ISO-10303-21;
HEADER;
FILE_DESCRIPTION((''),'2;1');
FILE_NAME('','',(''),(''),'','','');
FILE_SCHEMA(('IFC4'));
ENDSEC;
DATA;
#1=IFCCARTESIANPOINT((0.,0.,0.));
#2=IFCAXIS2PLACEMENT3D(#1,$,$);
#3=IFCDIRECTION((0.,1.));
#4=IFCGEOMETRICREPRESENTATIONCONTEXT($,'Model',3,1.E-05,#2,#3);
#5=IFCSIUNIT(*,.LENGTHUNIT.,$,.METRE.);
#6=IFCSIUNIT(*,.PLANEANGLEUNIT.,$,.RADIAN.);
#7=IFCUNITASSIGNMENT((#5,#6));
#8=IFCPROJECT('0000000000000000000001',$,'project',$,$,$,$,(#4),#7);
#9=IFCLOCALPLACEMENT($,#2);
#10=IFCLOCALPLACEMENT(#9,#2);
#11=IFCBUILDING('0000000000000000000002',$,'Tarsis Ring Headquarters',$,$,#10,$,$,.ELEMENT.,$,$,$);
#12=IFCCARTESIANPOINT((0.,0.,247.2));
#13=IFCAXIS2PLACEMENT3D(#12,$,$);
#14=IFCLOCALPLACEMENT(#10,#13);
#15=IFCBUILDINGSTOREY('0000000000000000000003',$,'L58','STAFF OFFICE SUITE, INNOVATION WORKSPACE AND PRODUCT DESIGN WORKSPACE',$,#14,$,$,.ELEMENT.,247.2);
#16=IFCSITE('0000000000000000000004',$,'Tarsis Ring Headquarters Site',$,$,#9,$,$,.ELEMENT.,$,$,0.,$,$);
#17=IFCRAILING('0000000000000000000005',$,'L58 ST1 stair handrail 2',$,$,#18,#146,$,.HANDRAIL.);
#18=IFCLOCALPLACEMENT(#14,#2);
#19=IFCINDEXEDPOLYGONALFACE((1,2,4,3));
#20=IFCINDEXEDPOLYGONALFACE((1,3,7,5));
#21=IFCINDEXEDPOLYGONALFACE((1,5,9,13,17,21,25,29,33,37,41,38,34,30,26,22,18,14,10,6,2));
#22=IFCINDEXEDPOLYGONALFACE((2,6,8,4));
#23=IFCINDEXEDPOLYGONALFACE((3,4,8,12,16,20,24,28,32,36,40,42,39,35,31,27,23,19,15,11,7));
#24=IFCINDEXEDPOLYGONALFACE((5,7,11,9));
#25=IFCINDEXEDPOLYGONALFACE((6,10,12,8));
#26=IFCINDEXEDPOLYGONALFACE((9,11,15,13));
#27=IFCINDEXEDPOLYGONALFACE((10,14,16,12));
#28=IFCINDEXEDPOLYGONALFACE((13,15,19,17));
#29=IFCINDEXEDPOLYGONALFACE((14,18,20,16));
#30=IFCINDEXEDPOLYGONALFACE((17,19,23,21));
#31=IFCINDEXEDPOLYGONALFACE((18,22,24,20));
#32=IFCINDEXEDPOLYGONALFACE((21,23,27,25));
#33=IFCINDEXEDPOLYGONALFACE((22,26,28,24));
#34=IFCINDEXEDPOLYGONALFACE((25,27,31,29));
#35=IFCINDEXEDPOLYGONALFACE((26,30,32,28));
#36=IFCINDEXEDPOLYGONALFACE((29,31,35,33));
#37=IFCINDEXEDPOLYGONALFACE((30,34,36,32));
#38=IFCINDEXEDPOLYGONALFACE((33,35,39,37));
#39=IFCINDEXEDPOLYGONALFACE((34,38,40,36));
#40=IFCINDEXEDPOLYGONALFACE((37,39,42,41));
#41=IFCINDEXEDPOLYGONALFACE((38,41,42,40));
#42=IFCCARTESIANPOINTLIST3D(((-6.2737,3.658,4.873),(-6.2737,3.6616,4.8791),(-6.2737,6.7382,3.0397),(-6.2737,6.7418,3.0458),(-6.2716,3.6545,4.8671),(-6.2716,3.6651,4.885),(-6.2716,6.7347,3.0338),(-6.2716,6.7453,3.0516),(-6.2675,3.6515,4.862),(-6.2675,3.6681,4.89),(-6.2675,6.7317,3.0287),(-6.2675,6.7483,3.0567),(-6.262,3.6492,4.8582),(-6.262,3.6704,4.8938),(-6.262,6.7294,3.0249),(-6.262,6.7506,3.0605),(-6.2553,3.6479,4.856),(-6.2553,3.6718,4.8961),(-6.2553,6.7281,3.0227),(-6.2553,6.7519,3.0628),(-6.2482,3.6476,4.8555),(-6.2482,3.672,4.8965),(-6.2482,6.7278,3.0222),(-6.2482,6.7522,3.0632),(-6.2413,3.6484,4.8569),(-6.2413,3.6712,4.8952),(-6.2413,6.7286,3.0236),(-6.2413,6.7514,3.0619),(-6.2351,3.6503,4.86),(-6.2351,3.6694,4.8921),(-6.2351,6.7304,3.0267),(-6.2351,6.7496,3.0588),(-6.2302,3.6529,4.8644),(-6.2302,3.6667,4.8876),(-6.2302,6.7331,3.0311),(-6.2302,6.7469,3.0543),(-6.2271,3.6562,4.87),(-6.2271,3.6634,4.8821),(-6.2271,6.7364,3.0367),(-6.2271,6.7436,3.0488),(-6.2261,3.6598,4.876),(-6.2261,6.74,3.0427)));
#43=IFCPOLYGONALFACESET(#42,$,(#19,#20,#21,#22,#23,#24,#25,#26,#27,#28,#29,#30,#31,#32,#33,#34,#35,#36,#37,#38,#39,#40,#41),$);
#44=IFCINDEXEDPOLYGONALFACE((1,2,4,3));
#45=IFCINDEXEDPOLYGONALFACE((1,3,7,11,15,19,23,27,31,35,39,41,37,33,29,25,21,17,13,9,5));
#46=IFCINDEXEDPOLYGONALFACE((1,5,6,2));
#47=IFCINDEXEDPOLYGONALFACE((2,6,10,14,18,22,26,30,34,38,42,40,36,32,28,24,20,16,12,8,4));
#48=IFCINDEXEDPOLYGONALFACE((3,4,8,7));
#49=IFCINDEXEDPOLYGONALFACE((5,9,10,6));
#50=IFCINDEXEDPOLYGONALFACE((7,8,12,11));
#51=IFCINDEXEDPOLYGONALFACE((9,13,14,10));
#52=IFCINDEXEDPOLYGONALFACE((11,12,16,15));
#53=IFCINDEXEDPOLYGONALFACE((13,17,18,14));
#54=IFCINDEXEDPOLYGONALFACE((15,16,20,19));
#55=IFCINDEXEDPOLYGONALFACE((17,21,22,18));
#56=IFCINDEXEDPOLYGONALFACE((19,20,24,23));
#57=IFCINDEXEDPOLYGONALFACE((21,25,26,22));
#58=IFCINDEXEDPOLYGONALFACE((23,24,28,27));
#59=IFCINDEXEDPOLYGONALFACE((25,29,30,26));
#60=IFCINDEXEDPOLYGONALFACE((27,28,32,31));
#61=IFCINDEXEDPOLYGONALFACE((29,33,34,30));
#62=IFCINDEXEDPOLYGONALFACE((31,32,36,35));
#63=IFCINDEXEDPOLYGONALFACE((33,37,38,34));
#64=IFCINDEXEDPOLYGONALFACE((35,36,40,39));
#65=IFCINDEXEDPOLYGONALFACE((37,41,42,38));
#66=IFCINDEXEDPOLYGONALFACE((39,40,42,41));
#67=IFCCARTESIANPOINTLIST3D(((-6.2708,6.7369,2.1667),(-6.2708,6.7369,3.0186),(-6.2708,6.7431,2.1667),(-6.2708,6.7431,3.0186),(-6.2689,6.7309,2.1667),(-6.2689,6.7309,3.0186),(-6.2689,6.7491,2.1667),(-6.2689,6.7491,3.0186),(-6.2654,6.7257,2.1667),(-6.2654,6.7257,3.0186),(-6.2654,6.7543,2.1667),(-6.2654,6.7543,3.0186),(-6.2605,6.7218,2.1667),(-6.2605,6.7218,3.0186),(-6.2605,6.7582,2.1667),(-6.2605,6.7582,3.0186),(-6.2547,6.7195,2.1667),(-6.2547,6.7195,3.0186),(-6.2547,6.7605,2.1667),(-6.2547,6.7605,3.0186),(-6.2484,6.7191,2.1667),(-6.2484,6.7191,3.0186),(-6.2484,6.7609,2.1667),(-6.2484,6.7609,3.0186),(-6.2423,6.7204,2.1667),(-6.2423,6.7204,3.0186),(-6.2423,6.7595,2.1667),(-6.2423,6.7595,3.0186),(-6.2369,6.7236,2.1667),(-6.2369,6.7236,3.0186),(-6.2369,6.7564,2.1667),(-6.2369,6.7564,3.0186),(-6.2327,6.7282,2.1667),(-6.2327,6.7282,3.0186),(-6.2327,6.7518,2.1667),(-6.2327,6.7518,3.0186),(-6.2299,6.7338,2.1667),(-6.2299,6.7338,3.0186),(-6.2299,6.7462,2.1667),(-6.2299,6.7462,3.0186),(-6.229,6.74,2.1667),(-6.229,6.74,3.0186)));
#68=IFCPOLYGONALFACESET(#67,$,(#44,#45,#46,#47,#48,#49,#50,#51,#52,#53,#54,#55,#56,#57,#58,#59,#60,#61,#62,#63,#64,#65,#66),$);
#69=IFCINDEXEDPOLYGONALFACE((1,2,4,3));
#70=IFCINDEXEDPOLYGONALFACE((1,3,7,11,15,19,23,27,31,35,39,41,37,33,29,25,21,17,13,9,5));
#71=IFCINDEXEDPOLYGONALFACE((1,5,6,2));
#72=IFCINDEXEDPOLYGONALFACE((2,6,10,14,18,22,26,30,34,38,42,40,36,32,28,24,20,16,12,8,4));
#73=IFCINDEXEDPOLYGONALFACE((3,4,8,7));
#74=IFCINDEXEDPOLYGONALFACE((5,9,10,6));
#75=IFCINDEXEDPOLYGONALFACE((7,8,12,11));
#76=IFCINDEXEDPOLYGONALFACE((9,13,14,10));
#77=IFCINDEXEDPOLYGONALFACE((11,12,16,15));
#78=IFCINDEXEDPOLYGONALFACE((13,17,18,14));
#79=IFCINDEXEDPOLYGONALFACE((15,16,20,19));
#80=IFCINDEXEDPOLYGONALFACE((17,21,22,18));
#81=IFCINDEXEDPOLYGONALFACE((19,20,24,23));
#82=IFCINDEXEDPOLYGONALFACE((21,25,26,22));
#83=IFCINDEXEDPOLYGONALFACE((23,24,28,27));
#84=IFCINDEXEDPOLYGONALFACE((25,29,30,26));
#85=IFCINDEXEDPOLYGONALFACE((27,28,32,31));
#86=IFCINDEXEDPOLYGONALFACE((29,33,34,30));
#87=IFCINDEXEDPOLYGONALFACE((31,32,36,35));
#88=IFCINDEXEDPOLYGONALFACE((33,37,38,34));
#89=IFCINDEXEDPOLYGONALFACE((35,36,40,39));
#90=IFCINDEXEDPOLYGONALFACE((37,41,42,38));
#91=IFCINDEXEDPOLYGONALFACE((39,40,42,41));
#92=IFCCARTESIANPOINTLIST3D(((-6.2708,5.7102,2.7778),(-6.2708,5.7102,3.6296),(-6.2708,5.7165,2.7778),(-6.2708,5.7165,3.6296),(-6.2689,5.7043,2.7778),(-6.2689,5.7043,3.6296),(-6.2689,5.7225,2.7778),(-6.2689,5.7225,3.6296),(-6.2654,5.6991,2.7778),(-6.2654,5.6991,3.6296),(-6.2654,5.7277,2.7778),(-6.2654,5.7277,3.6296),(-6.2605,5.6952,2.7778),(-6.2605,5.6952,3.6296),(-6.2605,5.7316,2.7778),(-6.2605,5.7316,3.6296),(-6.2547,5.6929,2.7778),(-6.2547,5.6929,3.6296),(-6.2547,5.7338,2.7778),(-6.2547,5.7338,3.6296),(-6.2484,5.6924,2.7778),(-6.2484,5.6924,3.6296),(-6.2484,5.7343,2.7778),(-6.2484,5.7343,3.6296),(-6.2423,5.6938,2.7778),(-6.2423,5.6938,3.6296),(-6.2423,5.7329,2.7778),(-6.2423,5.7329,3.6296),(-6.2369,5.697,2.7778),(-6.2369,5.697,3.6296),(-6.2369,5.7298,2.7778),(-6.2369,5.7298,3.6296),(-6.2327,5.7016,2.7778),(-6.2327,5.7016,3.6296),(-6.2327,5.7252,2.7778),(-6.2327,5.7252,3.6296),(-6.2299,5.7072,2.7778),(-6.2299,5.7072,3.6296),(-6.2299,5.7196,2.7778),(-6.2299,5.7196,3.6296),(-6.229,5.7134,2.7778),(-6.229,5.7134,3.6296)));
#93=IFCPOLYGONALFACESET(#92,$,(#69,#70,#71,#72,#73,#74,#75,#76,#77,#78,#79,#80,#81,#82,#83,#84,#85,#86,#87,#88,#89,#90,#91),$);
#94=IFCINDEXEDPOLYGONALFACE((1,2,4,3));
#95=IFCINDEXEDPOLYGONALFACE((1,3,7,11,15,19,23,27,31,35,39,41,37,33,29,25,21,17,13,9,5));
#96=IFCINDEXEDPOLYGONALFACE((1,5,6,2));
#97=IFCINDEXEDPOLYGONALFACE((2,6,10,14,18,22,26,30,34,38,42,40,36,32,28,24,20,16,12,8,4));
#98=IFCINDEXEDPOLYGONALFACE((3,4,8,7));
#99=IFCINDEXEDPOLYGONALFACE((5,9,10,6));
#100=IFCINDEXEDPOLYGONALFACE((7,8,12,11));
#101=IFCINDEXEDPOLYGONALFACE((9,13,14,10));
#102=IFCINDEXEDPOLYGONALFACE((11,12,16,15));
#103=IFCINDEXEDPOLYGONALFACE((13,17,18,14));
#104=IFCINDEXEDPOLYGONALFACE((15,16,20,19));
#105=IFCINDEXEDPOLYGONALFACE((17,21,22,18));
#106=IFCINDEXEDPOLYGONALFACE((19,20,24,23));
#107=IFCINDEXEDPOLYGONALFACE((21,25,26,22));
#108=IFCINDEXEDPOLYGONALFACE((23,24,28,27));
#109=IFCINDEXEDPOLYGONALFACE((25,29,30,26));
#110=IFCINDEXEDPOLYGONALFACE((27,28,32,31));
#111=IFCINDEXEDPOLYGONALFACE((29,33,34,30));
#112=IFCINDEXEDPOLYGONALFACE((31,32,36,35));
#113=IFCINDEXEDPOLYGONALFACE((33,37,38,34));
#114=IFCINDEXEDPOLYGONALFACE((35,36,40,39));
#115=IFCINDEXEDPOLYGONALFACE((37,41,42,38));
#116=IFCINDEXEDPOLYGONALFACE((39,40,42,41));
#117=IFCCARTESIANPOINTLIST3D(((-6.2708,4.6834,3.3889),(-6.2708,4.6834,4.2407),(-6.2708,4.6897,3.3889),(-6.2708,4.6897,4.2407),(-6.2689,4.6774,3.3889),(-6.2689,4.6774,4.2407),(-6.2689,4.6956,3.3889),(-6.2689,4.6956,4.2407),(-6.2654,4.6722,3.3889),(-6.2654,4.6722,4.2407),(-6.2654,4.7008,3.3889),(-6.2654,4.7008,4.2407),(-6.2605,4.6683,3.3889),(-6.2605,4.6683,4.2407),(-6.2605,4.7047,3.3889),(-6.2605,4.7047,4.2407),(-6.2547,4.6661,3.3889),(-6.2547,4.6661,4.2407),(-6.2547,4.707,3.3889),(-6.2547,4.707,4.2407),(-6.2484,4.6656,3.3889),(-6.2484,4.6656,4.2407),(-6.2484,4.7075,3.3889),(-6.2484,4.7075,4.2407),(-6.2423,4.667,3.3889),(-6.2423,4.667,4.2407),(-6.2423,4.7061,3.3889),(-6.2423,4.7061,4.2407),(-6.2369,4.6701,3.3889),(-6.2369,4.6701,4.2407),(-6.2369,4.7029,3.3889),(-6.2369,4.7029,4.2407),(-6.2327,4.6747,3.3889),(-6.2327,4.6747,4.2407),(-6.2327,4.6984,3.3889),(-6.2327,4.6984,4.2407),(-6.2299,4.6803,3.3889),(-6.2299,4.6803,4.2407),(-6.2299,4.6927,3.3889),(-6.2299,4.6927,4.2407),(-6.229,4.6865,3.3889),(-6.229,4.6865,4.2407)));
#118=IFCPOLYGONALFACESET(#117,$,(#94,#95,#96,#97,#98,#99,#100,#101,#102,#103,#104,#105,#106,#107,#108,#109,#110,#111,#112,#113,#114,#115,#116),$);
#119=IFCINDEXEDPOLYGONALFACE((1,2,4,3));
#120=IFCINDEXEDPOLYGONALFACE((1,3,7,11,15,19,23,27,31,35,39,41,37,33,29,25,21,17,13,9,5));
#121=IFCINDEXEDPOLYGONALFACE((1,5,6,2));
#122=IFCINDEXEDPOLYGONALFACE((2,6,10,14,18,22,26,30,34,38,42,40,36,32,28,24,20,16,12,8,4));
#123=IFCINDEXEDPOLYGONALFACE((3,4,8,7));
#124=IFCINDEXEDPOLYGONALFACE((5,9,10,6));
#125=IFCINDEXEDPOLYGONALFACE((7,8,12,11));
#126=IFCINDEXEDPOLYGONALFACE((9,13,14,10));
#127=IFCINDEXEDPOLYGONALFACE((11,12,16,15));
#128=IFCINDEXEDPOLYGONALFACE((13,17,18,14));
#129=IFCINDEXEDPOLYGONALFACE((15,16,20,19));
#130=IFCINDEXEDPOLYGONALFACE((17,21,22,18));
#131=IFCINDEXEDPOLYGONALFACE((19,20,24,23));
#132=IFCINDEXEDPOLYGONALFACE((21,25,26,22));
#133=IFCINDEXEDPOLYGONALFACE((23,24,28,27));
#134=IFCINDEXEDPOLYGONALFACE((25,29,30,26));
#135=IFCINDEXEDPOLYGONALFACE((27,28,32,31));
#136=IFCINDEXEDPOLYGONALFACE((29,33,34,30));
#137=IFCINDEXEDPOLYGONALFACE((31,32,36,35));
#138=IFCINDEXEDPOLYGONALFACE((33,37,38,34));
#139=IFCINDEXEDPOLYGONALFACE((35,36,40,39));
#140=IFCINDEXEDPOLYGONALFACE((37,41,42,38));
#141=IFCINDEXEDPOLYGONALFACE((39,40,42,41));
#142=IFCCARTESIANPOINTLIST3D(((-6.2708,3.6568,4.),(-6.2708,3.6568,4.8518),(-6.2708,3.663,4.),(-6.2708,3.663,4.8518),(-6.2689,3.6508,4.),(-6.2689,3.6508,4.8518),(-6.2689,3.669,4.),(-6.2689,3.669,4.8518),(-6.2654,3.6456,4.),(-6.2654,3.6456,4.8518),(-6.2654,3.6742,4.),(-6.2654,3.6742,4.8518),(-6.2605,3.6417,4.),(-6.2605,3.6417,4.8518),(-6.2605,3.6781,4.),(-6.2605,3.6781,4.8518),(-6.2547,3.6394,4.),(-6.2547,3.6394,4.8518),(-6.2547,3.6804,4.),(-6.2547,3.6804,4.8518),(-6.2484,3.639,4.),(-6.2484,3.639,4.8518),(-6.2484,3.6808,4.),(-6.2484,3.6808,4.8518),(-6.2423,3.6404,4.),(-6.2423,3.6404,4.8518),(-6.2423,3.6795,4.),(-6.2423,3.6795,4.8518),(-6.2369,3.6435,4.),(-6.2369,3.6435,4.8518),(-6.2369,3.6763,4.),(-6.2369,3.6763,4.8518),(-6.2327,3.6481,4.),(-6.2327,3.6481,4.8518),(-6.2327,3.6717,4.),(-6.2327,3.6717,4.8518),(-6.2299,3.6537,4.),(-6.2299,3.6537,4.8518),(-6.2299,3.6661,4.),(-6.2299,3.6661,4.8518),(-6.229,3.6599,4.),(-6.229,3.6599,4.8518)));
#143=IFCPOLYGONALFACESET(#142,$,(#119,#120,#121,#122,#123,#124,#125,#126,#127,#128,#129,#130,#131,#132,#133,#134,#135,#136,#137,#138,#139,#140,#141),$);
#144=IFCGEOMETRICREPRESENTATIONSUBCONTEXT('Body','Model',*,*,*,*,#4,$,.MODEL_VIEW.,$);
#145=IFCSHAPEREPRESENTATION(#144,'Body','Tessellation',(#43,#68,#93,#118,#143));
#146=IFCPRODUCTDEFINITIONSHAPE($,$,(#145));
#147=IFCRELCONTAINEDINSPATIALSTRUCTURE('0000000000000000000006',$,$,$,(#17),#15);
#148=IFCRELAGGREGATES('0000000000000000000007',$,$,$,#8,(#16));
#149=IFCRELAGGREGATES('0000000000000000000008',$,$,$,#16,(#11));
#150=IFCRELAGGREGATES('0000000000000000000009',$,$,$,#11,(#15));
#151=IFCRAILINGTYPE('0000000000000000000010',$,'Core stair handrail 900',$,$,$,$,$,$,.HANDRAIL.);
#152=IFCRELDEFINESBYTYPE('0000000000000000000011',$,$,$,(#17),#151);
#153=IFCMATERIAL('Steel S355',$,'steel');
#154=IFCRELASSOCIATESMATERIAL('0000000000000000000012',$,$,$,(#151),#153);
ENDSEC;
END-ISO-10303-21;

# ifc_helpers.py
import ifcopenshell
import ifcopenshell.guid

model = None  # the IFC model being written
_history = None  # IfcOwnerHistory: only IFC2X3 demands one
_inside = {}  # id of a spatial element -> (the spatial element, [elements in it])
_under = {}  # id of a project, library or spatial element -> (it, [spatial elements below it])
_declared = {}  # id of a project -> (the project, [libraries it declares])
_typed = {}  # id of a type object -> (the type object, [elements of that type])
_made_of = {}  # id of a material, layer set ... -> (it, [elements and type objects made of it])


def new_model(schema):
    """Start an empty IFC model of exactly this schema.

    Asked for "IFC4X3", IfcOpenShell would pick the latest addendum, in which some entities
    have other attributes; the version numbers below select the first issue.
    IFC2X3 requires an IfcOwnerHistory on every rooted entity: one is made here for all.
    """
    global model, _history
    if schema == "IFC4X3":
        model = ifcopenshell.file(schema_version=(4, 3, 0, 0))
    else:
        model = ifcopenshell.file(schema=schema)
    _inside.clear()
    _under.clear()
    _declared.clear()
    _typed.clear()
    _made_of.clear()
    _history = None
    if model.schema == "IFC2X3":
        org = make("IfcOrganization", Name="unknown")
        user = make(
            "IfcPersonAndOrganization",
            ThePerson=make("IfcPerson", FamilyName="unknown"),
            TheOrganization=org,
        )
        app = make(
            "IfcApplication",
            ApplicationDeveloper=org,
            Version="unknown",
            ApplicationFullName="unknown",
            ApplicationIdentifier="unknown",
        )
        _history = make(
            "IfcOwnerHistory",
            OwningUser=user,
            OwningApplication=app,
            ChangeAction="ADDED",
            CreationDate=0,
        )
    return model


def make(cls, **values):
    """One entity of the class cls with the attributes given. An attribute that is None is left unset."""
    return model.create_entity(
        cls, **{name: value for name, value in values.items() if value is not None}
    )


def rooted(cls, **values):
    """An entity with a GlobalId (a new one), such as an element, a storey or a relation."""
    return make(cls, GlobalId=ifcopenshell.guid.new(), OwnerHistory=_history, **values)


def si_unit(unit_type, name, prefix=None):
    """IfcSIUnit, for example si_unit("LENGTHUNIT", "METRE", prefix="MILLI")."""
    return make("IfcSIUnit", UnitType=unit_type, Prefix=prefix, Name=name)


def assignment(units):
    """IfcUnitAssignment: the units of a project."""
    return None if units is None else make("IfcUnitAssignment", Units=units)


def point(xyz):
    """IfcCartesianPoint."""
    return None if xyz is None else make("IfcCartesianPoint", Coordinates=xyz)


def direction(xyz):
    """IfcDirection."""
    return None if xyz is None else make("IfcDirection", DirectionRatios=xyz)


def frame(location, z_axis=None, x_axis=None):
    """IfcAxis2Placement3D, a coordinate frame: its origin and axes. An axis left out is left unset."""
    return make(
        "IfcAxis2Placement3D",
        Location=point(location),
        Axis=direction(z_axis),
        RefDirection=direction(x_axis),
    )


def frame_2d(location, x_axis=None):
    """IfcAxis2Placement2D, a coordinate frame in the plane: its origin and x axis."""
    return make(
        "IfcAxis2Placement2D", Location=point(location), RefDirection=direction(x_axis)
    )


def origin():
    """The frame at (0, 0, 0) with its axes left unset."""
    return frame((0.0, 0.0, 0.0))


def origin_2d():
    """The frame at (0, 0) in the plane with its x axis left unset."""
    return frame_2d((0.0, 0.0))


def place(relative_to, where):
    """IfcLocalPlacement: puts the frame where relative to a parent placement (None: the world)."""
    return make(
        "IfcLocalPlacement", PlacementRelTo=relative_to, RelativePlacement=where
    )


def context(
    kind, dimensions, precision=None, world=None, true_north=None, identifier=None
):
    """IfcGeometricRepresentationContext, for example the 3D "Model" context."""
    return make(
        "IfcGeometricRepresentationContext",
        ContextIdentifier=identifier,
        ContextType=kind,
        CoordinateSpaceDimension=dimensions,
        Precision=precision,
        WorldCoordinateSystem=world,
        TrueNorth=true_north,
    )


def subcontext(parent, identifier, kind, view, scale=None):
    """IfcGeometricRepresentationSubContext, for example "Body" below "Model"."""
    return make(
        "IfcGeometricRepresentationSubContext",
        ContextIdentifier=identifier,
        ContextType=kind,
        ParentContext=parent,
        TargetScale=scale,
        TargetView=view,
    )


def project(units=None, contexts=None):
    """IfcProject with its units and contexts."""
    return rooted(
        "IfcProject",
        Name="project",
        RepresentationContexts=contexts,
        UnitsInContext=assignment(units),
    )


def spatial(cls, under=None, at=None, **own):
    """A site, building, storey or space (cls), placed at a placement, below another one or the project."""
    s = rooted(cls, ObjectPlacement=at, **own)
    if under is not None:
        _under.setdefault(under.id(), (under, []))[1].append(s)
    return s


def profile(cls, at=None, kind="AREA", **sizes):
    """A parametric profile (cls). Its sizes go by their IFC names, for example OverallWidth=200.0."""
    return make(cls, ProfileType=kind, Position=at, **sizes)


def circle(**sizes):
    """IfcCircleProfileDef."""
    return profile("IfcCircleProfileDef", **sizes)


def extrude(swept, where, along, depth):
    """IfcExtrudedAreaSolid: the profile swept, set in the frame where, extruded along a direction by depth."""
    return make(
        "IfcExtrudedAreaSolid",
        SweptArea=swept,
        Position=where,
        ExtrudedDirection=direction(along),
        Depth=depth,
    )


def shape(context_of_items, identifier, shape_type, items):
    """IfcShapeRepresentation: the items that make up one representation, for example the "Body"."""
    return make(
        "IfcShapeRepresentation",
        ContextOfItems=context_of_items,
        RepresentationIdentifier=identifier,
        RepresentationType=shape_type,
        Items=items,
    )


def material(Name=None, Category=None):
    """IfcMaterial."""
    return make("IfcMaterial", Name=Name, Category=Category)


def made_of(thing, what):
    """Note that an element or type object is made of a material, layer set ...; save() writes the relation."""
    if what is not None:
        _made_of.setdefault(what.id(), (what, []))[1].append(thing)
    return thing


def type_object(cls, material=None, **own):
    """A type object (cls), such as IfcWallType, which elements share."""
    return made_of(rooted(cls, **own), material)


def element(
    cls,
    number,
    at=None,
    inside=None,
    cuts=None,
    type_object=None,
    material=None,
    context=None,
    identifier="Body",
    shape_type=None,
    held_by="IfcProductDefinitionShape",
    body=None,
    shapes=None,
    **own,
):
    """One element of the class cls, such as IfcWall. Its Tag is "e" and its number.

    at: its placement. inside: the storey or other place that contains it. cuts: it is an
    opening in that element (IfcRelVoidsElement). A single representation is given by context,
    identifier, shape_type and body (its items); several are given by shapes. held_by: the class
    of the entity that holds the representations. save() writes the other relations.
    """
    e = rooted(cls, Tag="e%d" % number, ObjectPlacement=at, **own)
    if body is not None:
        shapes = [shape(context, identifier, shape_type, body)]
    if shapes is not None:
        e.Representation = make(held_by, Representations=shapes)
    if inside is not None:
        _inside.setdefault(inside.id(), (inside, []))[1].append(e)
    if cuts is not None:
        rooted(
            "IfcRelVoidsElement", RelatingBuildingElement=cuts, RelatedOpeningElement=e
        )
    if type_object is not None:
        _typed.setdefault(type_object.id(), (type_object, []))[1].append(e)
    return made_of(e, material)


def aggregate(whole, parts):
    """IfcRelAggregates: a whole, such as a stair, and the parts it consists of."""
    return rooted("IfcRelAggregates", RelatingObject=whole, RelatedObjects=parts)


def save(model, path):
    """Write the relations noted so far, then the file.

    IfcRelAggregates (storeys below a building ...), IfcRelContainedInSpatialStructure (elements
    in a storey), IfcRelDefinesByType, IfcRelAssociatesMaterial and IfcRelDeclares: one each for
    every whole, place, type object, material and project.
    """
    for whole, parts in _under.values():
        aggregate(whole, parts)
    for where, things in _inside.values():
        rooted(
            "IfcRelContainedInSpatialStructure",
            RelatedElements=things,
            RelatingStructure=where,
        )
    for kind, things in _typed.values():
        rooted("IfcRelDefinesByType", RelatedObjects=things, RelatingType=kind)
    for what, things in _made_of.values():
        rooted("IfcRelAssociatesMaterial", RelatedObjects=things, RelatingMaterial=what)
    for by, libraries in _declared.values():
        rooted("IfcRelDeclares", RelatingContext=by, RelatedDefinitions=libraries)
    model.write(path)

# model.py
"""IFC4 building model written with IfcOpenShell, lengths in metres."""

from ifc_helpers import new_model, si_unit, direction, frame, origin, origin_2d, place, context, subcontext, project, spatial, circle, extrude, material, type_object, element, save


model = new_model("IFC4")

# Units and contexts
model_context = context("Model", 3, precision=1e-05, world=origin(), true_north=direction((0.0, 1.0)))
body_context = subcontext(model_context, "Body", "Model", "MODEL_VIEW")
ifc_project = project(units=[si_unit("LENGTHUNIT", "METRE"), si_unit("PLANEANGLEUNIT", "RADIAN")], contexts=[model_context])

# Site, building, storey
site_placement = place(None, origin())
site = spatial("IfcSite", under=ifc_project, at=site_placement, Name="Tarsis Ring Headquarters Site", CompositionType="ELEMENT", RefElevation=0.0)
building_placement = place(site_placement, origin())
building = spatial("IfcBuilding", under=site, at=building_placement, Name="Tarsis Ring Headquarters", CompositionType="ELEMENT")
storey_placement = place(building_placement, frame((0.0, 0.0, 247.2)))
storey = spatial("IfcBuildingStorey", under=building, at=storey_placement, Name="L58", Description="STAFF OFFICE SUITE, INNOVATION WORKSPACE AND PRODUCT DESIGN WORKSPACE", CompositionType="ELEMENT", Elevation=247.2)

# Shared definitions
ifc_material_1 = material(Name="Steel S355", Category="steel")

# Railing
railing_type_1 = type_object("IfcRailingType", Name="Core stair handrail 900", PredefinedType="HANDRAIL", material=ifc_material_1)
railing_1_placement = place(storey_placement, frame((-6.25, 6.74, 2.1667)))
element("IfcRailing", 1, at=railing_1_placement, inside=storey, type_object=railing_type_1, Name="L58 ST1 stair handrail 2", PredefinedType="HANDRAIL", context=body_context, shape_type="SweptSolid", body=[
    extrude(circle(Radius=0.0239, at=origin_2d()), frame((0.0, 0.0, 0.876), z_axis=(0.0, -0.859309, 0.511458), x_axis=(1.0, 0.0, 0.0)), (0.0, 0.0, 1.0), 3.5845),
    extrude(circle(Radius=0.021, at=origin_2d()), origin(), (0.0, 0.0, 1.0), 0.8518),
    extrude(circle(Radius=0.021, at=origin_2d()), frame((0.0, -1.0266, 0.6111)), (0.0, 0.0, 1.0), 0.8518),
    extrude(circle(Radius=0.021, at=origin_2d()), frame((0.0, -2.0535, 1.2222)), (0.0, 0.0, 1.0), 0.8518),
    extrude(circle(Radius=0.021, at=origin_2d()), frame((0.0, -3.0801, 1.8333)), (0.0, 0.0, 1.0), 0.8518),
])

save(model, "model.ifc")
